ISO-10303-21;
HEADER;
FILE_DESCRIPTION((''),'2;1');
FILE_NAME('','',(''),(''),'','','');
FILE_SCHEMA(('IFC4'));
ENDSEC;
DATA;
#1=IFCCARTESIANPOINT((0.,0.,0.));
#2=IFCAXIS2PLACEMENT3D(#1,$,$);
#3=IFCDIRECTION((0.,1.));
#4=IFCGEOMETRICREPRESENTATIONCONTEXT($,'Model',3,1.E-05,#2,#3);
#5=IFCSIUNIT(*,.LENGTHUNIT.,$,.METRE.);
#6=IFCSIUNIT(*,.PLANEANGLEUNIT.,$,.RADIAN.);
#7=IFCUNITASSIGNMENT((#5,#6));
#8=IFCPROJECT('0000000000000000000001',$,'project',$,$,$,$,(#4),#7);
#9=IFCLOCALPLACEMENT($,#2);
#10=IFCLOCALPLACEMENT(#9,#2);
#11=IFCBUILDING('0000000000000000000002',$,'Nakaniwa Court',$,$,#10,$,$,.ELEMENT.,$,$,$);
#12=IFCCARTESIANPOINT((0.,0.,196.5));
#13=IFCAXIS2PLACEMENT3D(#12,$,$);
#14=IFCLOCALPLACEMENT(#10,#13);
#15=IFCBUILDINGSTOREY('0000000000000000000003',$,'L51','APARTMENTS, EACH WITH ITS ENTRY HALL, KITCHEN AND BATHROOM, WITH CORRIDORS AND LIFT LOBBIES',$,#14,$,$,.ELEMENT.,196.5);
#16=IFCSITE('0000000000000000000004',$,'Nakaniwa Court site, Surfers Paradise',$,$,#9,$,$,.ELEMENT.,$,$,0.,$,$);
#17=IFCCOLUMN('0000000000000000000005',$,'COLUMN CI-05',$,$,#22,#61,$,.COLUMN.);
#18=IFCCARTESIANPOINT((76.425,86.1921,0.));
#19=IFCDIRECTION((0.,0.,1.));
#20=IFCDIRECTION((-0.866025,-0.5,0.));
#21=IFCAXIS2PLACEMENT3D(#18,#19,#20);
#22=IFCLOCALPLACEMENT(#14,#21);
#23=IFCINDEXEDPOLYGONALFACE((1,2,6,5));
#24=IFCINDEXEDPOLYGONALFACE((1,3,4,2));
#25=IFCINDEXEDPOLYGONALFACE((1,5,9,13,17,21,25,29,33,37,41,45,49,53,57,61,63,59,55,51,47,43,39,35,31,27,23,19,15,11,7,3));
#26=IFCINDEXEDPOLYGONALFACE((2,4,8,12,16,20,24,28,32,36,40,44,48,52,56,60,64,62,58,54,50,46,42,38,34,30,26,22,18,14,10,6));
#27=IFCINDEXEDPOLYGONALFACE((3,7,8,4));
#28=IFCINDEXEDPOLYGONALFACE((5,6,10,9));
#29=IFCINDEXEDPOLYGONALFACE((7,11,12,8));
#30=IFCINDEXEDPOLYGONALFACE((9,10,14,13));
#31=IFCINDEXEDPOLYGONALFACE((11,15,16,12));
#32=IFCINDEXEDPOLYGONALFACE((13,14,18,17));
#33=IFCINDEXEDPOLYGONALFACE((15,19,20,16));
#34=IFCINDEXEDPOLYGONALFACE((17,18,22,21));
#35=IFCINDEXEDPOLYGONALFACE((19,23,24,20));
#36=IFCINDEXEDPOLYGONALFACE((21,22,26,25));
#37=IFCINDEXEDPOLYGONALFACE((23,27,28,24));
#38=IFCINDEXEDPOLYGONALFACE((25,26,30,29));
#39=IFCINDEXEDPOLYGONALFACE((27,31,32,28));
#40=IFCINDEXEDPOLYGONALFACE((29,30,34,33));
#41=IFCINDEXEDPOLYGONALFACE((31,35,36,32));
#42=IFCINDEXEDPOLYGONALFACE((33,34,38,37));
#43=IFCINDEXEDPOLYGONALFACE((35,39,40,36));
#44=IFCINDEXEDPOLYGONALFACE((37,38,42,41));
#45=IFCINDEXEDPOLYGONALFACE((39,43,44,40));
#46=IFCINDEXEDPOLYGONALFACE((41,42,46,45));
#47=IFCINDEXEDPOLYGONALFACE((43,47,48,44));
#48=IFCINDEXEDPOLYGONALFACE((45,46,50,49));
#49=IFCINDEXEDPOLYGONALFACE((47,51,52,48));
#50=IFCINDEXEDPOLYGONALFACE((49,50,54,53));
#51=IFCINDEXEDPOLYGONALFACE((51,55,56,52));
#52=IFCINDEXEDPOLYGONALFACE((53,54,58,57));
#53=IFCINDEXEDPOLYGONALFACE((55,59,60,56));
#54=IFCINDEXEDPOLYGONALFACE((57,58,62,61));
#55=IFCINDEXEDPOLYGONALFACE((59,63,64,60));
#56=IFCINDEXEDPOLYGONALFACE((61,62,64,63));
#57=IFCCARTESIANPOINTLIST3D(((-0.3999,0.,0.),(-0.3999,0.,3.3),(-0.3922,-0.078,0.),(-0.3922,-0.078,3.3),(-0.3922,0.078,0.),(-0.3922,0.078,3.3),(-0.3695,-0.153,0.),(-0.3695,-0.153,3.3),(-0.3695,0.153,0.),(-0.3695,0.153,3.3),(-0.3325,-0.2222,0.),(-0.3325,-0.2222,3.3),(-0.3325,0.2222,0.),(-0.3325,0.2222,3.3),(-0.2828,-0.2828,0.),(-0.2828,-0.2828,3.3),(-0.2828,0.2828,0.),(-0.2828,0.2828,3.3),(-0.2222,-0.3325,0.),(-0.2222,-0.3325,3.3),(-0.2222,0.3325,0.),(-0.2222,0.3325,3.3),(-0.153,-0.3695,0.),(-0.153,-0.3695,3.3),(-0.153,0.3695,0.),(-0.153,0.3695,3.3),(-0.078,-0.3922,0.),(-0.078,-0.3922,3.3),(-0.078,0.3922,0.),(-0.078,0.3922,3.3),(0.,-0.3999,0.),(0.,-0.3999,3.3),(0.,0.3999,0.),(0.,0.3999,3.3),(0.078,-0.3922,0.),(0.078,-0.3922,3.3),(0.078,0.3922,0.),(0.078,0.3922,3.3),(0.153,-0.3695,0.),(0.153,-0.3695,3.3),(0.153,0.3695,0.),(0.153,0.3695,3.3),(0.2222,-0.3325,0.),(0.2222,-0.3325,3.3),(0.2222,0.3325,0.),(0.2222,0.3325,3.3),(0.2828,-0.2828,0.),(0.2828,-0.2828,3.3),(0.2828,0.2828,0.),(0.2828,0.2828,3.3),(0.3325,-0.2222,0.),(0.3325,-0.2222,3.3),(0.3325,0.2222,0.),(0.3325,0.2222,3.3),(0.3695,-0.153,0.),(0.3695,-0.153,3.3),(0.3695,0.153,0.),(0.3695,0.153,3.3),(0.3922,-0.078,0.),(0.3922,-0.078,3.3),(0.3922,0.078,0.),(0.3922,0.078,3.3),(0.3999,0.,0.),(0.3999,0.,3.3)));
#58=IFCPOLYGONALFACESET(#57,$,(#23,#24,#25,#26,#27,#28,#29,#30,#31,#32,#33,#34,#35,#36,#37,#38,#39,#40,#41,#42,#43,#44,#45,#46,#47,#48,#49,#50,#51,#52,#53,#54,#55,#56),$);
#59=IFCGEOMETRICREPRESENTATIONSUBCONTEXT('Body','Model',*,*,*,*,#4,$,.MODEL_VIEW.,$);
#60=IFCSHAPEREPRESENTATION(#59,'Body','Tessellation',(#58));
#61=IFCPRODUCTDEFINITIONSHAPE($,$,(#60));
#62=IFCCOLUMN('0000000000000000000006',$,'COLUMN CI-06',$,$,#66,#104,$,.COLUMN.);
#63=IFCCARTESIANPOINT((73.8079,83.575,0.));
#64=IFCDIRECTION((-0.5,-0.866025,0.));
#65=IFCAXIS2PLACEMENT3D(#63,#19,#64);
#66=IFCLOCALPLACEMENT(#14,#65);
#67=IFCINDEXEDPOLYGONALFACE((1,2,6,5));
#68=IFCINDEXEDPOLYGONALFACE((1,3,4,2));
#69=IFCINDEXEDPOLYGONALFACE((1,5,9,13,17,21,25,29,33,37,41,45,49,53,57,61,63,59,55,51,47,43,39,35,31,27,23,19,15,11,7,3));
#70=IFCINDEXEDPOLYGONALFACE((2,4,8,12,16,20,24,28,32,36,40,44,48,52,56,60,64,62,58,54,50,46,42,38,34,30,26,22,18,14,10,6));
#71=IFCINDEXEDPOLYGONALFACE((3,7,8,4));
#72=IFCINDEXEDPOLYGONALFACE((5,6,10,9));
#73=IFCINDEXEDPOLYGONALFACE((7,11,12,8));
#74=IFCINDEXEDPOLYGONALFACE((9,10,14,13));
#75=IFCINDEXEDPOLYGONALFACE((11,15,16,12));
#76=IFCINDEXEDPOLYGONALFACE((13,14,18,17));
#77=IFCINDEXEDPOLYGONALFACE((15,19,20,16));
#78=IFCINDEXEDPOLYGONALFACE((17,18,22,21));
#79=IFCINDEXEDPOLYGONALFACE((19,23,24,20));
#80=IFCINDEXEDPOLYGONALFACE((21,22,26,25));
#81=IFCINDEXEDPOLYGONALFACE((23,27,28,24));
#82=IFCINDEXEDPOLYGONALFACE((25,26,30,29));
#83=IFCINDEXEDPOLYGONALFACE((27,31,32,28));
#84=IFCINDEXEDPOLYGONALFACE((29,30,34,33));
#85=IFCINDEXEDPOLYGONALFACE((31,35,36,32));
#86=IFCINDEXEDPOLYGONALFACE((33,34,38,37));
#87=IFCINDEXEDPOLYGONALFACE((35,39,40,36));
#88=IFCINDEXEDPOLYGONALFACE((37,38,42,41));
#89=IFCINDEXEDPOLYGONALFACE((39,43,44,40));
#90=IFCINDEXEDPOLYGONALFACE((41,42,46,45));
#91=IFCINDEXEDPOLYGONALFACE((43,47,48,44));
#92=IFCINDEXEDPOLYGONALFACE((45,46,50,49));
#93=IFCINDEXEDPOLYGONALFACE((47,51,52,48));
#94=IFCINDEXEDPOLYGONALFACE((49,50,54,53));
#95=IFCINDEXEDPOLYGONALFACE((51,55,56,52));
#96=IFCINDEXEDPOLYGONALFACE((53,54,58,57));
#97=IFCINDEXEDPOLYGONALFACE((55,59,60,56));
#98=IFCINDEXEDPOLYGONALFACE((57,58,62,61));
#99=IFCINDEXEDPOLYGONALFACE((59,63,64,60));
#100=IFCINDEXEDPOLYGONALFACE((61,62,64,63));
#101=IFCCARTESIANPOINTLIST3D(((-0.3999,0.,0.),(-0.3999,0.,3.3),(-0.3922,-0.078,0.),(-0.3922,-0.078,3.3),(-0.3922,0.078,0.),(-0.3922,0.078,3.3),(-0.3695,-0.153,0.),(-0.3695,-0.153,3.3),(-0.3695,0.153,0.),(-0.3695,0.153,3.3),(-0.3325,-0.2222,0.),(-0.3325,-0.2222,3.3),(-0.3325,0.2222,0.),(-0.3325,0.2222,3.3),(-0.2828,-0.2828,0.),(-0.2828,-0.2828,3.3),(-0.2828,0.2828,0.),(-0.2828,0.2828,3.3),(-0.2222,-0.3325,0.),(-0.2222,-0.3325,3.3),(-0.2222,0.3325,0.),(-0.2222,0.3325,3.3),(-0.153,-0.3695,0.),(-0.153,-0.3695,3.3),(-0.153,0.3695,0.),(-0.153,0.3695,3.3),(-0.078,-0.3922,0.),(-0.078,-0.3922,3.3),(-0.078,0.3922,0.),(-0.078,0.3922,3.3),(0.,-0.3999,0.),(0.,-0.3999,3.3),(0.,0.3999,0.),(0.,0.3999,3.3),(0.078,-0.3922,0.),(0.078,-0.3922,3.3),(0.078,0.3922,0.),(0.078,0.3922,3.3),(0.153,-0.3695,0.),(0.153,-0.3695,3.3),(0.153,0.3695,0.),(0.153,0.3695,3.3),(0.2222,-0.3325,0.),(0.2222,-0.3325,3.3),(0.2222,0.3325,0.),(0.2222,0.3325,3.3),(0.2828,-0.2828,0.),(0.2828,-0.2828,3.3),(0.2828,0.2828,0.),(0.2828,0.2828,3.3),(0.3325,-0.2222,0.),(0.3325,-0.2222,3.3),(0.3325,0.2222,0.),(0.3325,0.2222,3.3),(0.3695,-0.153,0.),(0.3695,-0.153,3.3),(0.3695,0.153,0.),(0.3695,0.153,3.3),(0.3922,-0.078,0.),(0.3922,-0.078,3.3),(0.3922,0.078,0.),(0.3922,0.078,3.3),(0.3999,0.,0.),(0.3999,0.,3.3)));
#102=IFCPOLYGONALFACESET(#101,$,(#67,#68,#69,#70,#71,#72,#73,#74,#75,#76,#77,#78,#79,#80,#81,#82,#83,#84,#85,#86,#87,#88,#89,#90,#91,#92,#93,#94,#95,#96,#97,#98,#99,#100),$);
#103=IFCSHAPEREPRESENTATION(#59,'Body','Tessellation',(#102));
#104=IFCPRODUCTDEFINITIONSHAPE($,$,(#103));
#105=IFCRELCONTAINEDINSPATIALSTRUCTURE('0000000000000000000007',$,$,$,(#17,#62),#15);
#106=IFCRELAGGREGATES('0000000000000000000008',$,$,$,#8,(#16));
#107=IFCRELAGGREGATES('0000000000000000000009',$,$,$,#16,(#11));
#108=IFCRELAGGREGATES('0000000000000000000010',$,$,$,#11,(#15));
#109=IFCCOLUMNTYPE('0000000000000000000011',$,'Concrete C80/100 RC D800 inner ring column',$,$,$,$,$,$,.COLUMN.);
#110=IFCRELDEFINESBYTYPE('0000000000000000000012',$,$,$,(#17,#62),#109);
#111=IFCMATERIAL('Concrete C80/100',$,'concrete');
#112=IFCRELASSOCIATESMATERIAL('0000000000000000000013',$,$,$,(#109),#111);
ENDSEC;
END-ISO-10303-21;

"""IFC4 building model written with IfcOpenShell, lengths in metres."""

from ifc_helpers import new_model, si_unit, direction, frame, origin, origin_2d, place, context, subcontext, project, spatial, circle, extrude, material, material_profile, profile_set, type_object, element, save


model = new_model("IFC4")

# Units and contexts
model_context = context("Model", 3, precision=1e-05, world=origin(), true_north=direction((0.0, 1.0)))
body_context = subcontext(model_context, "Body", "Model", "MODEL_VIEW")
ifc_project = project(units=[si_unit("LENGTHUNIT", "METRE"), si_unit("PLANEANGLEUNIT", "RADIAN")], contexts=[model_context])

# Site, building, storey
site_placement = place(None, origin())
site = spatial("IfcSite", under=ifc_project, at=site_placement, Name="Nakaniwa Court site, Surfers Paradise", CompositionType="ELEMENT", RefElevation=0.0)
building_placement = place(site_placement, origin())
building = spatial("IfcBuilding", under=site, at=building_placement, Name="Nakaniwa Court", CompositionType="ELEMENT")
storey_placement = place(building_placement, frame((0.0, 0.0, 196.5)))
storey = spatial("IfcBuildingStorey", under=building, at=storey_placement, Name="L51", Description="APARTMENTS, EACH WITH ITS ENTRY HALL, KITCHEN AND BATHROOM, WITH CORRIDORS AND LIFT LOBBIES", CompositionType="ELEMENT", Elevation=196.5)

# Columns
ifc_material_1 = material(Name="Concrete C80/100", Category="concrete")
ifc_material_profile_1 = material_profile(ifc_material_1, circle(Radius=0.3999, at=origin_2d()), Name="Concrete C80/100 RC D800 inner ring column")
ifc_profile_set_1 = profile_set([ifc_material_profile_1], Name="Concrete C80/100")
column_type_1 = type_object("IfcColumnType", Name="Concrete C80/100 RC D800 inner ring column", PredefinedType="COLUMN", material=ifc_profile_set_1)
for number, where, z_axis, x_axis, name in (
    (1, (76.425, 86.1921, 0.0), (0.0, 0.0, 1.0), (-0.866025, -0.5, 0.0), "COLUMN CI-05"),
    (2, (73.8079, 83.575, 0.0), (0.0, 0.0, 1.0), (-0.5, -0.866025, 0.0), "COLUMN CI-06"),
):
    element("IfcColumn", number, at=place(storey_placement, frame(where, z_axis=z_axis, x_axis=x_axis)), inside=storey, type_object=column_type_1, Name=name, PredefinedType="COLUMN", context=body_context, shape_type="SweptSolid", body=[
        extrude(circle(Radius=0.3999, at=origin_2d()), origin(), (0.0, 0.0, 1.0), 3.3),
    ])

save(model, "model.ifc")
